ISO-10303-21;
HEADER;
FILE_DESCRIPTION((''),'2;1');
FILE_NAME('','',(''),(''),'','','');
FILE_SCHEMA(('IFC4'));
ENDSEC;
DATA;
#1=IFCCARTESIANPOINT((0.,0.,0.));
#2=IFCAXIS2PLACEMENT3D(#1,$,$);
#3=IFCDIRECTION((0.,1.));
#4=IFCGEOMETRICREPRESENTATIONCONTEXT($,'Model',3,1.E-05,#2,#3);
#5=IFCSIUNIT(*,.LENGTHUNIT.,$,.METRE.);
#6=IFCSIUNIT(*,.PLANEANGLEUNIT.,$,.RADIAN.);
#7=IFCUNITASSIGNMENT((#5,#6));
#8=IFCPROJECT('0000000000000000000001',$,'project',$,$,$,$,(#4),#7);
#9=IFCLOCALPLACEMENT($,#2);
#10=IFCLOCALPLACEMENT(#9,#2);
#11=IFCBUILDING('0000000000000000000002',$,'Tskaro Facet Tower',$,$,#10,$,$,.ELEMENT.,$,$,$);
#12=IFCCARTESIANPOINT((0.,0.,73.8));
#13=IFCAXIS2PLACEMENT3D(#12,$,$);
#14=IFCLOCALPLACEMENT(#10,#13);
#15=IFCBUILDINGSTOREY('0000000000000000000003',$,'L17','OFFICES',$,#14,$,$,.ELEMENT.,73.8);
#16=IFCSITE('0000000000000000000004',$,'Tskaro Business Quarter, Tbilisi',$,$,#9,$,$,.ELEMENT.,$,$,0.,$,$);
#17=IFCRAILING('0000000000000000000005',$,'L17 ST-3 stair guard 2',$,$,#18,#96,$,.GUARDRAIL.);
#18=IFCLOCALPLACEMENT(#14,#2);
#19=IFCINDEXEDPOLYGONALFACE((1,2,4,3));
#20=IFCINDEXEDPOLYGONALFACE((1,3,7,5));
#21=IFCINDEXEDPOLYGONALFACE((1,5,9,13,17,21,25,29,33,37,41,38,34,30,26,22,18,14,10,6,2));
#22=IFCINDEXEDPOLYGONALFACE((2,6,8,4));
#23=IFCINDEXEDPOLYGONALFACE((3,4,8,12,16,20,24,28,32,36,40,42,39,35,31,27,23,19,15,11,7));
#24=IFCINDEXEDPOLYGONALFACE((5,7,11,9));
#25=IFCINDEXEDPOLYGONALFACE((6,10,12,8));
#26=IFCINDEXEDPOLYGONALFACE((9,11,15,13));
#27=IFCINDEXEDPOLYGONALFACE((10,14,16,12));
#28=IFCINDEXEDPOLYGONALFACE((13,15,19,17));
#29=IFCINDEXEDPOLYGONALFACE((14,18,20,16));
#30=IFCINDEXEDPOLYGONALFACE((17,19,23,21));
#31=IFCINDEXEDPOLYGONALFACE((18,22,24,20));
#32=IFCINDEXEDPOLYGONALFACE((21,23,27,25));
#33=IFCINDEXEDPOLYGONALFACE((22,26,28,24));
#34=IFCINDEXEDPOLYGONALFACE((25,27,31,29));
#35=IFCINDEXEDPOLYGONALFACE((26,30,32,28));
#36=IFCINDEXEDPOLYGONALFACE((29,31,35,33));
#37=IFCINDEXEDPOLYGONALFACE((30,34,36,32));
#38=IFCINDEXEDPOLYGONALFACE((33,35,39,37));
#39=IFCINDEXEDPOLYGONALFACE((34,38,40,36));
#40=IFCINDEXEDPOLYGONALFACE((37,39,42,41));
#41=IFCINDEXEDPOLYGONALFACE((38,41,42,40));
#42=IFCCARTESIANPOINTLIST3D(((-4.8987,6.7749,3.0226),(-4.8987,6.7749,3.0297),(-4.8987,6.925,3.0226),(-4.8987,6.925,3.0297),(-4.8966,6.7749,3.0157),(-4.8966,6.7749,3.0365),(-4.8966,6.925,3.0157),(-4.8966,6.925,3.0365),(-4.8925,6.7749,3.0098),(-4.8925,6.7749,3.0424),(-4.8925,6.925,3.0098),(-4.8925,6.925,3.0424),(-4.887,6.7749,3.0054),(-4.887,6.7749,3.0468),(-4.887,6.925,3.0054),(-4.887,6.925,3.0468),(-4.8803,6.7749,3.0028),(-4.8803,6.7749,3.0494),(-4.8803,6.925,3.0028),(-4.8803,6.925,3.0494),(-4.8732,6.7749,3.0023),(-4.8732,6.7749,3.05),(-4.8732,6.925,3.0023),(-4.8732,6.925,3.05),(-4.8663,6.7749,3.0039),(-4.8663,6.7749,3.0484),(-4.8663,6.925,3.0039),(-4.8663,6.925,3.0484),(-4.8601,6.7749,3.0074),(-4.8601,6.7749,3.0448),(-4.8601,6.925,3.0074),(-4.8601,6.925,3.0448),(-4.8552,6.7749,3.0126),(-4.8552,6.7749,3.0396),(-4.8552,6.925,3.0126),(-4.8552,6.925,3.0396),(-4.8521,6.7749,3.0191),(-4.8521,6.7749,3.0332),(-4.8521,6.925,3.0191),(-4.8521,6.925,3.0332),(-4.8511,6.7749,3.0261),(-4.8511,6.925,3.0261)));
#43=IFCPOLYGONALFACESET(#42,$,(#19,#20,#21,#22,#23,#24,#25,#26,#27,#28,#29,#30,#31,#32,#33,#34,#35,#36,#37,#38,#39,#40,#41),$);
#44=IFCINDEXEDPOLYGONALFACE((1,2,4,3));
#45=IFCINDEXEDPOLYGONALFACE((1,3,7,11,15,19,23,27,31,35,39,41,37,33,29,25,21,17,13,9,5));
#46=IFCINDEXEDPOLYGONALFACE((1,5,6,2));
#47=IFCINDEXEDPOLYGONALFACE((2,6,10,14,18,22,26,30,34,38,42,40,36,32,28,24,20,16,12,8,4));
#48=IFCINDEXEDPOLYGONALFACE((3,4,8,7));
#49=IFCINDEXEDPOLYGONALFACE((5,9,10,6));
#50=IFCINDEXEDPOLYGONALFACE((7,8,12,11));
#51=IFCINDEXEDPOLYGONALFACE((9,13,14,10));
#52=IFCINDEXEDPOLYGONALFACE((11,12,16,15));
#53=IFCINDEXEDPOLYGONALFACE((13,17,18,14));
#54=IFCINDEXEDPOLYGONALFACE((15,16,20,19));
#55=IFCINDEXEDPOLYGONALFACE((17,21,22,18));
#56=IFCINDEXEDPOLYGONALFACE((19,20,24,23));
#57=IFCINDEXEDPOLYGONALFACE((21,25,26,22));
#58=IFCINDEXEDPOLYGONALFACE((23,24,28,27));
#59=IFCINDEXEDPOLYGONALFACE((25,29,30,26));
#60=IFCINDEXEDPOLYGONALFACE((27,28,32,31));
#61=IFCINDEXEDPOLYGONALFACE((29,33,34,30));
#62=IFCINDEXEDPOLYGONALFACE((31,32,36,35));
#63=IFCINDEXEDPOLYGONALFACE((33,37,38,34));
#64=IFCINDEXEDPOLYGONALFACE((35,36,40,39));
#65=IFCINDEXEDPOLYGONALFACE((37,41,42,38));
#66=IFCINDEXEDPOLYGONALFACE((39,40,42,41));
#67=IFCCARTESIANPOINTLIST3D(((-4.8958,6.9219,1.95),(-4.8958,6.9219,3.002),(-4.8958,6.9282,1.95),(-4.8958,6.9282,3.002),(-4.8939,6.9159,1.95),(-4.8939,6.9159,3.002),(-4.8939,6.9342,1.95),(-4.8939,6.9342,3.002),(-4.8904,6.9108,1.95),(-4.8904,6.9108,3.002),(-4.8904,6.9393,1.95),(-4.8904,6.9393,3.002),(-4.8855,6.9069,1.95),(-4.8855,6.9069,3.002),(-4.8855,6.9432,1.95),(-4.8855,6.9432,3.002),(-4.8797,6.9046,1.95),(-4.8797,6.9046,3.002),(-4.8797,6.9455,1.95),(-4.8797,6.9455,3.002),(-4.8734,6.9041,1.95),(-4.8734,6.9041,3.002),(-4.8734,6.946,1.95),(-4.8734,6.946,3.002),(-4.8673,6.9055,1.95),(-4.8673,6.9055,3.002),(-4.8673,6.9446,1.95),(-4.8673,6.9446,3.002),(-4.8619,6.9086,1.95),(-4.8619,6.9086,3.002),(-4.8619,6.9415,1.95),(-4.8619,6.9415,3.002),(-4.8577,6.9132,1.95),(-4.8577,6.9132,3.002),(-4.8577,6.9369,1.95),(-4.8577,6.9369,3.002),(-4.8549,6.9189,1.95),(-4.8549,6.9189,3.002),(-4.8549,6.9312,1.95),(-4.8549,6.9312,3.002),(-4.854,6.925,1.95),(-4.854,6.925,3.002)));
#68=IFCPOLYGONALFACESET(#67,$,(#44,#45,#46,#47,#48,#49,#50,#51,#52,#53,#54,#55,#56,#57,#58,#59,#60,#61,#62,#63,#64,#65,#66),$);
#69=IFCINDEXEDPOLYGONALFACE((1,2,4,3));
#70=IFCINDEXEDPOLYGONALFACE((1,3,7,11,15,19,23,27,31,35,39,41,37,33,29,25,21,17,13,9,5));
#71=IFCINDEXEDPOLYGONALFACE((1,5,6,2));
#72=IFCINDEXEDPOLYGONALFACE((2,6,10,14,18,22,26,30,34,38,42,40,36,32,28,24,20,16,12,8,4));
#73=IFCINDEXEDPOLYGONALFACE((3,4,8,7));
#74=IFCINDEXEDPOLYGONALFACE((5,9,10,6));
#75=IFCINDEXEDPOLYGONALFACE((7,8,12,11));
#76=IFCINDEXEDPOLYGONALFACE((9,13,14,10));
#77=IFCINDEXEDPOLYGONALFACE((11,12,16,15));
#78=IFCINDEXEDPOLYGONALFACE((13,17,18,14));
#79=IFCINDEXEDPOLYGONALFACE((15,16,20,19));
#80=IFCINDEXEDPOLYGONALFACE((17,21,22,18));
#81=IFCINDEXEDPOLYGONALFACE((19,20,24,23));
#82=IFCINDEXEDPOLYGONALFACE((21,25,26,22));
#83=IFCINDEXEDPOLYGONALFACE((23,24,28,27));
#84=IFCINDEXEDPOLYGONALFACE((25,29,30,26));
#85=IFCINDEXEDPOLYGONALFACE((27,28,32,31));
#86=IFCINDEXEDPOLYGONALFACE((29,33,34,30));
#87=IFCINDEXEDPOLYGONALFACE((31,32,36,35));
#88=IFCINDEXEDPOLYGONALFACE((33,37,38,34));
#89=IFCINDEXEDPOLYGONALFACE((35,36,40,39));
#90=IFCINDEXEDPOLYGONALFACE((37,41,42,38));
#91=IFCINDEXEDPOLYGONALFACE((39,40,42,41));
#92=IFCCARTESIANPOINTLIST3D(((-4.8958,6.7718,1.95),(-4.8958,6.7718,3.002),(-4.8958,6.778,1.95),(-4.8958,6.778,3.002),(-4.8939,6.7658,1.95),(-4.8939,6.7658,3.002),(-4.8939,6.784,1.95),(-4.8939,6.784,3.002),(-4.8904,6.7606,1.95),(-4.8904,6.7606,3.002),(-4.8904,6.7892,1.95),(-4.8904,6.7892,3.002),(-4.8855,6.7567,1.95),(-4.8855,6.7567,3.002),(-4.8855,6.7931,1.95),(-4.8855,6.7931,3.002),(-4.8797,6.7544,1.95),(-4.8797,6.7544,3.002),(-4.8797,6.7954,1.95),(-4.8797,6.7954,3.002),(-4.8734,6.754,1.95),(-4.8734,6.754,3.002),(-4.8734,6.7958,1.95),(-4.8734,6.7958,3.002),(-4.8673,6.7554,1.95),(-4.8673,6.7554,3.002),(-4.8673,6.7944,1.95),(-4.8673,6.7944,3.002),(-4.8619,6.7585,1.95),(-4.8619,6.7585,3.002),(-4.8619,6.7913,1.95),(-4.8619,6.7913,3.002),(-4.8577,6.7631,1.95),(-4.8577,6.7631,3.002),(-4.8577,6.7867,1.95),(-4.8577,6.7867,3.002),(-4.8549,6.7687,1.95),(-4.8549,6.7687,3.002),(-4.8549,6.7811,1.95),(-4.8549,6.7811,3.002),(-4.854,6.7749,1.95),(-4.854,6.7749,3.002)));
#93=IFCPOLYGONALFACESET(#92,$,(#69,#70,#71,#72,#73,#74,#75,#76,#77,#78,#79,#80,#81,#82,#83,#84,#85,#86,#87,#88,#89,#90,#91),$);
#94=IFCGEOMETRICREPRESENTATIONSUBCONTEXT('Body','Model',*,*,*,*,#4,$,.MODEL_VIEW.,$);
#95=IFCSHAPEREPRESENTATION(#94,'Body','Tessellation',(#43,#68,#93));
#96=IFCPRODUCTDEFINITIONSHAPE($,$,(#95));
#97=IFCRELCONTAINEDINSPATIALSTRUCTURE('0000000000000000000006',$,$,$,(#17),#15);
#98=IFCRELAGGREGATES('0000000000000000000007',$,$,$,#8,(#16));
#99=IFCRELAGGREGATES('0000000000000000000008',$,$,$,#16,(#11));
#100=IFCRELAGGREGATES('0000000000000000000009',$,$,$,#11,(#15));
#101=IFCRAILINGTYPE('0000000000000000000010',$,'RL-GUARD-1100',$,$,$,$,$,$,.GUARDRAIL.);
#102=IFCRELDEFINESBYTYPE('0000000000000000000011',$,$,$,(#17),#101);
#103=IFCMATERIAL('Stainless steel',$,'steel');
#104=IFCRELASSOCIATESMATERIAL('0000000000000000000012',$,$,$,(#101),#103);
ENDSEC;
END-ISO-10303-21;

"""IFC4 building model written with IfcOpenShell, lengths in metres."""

from ifc_helpers import new_model, si_unit, direction, frame, origin, origin_2d, place, context, subcontext, project, spatial, circle, extrude, material, type_object, element, save


model = new_model("IFC4")

# Units and contexts
model_context = context("Model", 3, precision=1e-05, world=origin(), true_north=direction((0.0, 1.0)))
body_context = subcontext(model_context, "Body", "Model", "MODEL_VIEW")
ifc_project = project(units=[si_unit("LENGTHUNIT", "METRE"), si_unit("PLANEANGLEUNIT", "RADIAN")], contexts=[model_context])

# Site, building, storey
site_placement = place(None, origin())
site = spatial("IfcSite", under=ifc_project, at=site_placement, Name="Tskaro Business Quarter, Tbilisi", CompositionType="ELEMENT", RefElevation=0.0)
building_placement = place(site_placement, origin())
building = spatial("IfcBuilding", under=site, at=building_placement, Name="Tskaro Facet Tower", CompositionType="ELEMENT")
storey_placement = place(building_placement, frame((0.0, 0.0, 73.8)))
storey = spatial("IfcBuildingStorey", under=building, at=storey_placement, Name="L17", Description="OFFICES", CompositionType="ELEMENT", Elevation=73.8)

# Railing
ifc_material_1 = material(Name="Stainless steel", Category="steel")
railing_type_1 = type_object("IfcRailingType", Name="RL-GUARD-1100", PredefinedType="GUARDRAIL", material=ifc_material_1)
railing_1_placement = place(storey_placement, frame((-4.875, 6.925, 1.95)))
element("IfcRailing", 1, at=railing_1_placement, inside=storey, type_object=railing_type_1, Name="L17 ST-3 stair guard 2", PredefinedType="GUARDRAIL", context=body_context, shape_type="SweptSolid", body=[
    extrude(circle(Radius=0.0239, at=origin_2d()), frame((0.0, 0.0, 1.0762), z_axis=(0.0, -1.0, 0.0), x_axis=(1.0, 0.0, 0.0)), (0.0, 0.0, 1.0), 0.1501),
    extrude(circle(Radius=0.021, at=origin_2d()), origin(), (0.0, 0.0, 1.0), 1.052),
    extrude(circle(Radius=0.021, at=origin_2d()), frame((0.0, -0.1501, 0.0)), (0.0, 0.0, 1.0), 1.052),
])

save(model, "model.ifc")
